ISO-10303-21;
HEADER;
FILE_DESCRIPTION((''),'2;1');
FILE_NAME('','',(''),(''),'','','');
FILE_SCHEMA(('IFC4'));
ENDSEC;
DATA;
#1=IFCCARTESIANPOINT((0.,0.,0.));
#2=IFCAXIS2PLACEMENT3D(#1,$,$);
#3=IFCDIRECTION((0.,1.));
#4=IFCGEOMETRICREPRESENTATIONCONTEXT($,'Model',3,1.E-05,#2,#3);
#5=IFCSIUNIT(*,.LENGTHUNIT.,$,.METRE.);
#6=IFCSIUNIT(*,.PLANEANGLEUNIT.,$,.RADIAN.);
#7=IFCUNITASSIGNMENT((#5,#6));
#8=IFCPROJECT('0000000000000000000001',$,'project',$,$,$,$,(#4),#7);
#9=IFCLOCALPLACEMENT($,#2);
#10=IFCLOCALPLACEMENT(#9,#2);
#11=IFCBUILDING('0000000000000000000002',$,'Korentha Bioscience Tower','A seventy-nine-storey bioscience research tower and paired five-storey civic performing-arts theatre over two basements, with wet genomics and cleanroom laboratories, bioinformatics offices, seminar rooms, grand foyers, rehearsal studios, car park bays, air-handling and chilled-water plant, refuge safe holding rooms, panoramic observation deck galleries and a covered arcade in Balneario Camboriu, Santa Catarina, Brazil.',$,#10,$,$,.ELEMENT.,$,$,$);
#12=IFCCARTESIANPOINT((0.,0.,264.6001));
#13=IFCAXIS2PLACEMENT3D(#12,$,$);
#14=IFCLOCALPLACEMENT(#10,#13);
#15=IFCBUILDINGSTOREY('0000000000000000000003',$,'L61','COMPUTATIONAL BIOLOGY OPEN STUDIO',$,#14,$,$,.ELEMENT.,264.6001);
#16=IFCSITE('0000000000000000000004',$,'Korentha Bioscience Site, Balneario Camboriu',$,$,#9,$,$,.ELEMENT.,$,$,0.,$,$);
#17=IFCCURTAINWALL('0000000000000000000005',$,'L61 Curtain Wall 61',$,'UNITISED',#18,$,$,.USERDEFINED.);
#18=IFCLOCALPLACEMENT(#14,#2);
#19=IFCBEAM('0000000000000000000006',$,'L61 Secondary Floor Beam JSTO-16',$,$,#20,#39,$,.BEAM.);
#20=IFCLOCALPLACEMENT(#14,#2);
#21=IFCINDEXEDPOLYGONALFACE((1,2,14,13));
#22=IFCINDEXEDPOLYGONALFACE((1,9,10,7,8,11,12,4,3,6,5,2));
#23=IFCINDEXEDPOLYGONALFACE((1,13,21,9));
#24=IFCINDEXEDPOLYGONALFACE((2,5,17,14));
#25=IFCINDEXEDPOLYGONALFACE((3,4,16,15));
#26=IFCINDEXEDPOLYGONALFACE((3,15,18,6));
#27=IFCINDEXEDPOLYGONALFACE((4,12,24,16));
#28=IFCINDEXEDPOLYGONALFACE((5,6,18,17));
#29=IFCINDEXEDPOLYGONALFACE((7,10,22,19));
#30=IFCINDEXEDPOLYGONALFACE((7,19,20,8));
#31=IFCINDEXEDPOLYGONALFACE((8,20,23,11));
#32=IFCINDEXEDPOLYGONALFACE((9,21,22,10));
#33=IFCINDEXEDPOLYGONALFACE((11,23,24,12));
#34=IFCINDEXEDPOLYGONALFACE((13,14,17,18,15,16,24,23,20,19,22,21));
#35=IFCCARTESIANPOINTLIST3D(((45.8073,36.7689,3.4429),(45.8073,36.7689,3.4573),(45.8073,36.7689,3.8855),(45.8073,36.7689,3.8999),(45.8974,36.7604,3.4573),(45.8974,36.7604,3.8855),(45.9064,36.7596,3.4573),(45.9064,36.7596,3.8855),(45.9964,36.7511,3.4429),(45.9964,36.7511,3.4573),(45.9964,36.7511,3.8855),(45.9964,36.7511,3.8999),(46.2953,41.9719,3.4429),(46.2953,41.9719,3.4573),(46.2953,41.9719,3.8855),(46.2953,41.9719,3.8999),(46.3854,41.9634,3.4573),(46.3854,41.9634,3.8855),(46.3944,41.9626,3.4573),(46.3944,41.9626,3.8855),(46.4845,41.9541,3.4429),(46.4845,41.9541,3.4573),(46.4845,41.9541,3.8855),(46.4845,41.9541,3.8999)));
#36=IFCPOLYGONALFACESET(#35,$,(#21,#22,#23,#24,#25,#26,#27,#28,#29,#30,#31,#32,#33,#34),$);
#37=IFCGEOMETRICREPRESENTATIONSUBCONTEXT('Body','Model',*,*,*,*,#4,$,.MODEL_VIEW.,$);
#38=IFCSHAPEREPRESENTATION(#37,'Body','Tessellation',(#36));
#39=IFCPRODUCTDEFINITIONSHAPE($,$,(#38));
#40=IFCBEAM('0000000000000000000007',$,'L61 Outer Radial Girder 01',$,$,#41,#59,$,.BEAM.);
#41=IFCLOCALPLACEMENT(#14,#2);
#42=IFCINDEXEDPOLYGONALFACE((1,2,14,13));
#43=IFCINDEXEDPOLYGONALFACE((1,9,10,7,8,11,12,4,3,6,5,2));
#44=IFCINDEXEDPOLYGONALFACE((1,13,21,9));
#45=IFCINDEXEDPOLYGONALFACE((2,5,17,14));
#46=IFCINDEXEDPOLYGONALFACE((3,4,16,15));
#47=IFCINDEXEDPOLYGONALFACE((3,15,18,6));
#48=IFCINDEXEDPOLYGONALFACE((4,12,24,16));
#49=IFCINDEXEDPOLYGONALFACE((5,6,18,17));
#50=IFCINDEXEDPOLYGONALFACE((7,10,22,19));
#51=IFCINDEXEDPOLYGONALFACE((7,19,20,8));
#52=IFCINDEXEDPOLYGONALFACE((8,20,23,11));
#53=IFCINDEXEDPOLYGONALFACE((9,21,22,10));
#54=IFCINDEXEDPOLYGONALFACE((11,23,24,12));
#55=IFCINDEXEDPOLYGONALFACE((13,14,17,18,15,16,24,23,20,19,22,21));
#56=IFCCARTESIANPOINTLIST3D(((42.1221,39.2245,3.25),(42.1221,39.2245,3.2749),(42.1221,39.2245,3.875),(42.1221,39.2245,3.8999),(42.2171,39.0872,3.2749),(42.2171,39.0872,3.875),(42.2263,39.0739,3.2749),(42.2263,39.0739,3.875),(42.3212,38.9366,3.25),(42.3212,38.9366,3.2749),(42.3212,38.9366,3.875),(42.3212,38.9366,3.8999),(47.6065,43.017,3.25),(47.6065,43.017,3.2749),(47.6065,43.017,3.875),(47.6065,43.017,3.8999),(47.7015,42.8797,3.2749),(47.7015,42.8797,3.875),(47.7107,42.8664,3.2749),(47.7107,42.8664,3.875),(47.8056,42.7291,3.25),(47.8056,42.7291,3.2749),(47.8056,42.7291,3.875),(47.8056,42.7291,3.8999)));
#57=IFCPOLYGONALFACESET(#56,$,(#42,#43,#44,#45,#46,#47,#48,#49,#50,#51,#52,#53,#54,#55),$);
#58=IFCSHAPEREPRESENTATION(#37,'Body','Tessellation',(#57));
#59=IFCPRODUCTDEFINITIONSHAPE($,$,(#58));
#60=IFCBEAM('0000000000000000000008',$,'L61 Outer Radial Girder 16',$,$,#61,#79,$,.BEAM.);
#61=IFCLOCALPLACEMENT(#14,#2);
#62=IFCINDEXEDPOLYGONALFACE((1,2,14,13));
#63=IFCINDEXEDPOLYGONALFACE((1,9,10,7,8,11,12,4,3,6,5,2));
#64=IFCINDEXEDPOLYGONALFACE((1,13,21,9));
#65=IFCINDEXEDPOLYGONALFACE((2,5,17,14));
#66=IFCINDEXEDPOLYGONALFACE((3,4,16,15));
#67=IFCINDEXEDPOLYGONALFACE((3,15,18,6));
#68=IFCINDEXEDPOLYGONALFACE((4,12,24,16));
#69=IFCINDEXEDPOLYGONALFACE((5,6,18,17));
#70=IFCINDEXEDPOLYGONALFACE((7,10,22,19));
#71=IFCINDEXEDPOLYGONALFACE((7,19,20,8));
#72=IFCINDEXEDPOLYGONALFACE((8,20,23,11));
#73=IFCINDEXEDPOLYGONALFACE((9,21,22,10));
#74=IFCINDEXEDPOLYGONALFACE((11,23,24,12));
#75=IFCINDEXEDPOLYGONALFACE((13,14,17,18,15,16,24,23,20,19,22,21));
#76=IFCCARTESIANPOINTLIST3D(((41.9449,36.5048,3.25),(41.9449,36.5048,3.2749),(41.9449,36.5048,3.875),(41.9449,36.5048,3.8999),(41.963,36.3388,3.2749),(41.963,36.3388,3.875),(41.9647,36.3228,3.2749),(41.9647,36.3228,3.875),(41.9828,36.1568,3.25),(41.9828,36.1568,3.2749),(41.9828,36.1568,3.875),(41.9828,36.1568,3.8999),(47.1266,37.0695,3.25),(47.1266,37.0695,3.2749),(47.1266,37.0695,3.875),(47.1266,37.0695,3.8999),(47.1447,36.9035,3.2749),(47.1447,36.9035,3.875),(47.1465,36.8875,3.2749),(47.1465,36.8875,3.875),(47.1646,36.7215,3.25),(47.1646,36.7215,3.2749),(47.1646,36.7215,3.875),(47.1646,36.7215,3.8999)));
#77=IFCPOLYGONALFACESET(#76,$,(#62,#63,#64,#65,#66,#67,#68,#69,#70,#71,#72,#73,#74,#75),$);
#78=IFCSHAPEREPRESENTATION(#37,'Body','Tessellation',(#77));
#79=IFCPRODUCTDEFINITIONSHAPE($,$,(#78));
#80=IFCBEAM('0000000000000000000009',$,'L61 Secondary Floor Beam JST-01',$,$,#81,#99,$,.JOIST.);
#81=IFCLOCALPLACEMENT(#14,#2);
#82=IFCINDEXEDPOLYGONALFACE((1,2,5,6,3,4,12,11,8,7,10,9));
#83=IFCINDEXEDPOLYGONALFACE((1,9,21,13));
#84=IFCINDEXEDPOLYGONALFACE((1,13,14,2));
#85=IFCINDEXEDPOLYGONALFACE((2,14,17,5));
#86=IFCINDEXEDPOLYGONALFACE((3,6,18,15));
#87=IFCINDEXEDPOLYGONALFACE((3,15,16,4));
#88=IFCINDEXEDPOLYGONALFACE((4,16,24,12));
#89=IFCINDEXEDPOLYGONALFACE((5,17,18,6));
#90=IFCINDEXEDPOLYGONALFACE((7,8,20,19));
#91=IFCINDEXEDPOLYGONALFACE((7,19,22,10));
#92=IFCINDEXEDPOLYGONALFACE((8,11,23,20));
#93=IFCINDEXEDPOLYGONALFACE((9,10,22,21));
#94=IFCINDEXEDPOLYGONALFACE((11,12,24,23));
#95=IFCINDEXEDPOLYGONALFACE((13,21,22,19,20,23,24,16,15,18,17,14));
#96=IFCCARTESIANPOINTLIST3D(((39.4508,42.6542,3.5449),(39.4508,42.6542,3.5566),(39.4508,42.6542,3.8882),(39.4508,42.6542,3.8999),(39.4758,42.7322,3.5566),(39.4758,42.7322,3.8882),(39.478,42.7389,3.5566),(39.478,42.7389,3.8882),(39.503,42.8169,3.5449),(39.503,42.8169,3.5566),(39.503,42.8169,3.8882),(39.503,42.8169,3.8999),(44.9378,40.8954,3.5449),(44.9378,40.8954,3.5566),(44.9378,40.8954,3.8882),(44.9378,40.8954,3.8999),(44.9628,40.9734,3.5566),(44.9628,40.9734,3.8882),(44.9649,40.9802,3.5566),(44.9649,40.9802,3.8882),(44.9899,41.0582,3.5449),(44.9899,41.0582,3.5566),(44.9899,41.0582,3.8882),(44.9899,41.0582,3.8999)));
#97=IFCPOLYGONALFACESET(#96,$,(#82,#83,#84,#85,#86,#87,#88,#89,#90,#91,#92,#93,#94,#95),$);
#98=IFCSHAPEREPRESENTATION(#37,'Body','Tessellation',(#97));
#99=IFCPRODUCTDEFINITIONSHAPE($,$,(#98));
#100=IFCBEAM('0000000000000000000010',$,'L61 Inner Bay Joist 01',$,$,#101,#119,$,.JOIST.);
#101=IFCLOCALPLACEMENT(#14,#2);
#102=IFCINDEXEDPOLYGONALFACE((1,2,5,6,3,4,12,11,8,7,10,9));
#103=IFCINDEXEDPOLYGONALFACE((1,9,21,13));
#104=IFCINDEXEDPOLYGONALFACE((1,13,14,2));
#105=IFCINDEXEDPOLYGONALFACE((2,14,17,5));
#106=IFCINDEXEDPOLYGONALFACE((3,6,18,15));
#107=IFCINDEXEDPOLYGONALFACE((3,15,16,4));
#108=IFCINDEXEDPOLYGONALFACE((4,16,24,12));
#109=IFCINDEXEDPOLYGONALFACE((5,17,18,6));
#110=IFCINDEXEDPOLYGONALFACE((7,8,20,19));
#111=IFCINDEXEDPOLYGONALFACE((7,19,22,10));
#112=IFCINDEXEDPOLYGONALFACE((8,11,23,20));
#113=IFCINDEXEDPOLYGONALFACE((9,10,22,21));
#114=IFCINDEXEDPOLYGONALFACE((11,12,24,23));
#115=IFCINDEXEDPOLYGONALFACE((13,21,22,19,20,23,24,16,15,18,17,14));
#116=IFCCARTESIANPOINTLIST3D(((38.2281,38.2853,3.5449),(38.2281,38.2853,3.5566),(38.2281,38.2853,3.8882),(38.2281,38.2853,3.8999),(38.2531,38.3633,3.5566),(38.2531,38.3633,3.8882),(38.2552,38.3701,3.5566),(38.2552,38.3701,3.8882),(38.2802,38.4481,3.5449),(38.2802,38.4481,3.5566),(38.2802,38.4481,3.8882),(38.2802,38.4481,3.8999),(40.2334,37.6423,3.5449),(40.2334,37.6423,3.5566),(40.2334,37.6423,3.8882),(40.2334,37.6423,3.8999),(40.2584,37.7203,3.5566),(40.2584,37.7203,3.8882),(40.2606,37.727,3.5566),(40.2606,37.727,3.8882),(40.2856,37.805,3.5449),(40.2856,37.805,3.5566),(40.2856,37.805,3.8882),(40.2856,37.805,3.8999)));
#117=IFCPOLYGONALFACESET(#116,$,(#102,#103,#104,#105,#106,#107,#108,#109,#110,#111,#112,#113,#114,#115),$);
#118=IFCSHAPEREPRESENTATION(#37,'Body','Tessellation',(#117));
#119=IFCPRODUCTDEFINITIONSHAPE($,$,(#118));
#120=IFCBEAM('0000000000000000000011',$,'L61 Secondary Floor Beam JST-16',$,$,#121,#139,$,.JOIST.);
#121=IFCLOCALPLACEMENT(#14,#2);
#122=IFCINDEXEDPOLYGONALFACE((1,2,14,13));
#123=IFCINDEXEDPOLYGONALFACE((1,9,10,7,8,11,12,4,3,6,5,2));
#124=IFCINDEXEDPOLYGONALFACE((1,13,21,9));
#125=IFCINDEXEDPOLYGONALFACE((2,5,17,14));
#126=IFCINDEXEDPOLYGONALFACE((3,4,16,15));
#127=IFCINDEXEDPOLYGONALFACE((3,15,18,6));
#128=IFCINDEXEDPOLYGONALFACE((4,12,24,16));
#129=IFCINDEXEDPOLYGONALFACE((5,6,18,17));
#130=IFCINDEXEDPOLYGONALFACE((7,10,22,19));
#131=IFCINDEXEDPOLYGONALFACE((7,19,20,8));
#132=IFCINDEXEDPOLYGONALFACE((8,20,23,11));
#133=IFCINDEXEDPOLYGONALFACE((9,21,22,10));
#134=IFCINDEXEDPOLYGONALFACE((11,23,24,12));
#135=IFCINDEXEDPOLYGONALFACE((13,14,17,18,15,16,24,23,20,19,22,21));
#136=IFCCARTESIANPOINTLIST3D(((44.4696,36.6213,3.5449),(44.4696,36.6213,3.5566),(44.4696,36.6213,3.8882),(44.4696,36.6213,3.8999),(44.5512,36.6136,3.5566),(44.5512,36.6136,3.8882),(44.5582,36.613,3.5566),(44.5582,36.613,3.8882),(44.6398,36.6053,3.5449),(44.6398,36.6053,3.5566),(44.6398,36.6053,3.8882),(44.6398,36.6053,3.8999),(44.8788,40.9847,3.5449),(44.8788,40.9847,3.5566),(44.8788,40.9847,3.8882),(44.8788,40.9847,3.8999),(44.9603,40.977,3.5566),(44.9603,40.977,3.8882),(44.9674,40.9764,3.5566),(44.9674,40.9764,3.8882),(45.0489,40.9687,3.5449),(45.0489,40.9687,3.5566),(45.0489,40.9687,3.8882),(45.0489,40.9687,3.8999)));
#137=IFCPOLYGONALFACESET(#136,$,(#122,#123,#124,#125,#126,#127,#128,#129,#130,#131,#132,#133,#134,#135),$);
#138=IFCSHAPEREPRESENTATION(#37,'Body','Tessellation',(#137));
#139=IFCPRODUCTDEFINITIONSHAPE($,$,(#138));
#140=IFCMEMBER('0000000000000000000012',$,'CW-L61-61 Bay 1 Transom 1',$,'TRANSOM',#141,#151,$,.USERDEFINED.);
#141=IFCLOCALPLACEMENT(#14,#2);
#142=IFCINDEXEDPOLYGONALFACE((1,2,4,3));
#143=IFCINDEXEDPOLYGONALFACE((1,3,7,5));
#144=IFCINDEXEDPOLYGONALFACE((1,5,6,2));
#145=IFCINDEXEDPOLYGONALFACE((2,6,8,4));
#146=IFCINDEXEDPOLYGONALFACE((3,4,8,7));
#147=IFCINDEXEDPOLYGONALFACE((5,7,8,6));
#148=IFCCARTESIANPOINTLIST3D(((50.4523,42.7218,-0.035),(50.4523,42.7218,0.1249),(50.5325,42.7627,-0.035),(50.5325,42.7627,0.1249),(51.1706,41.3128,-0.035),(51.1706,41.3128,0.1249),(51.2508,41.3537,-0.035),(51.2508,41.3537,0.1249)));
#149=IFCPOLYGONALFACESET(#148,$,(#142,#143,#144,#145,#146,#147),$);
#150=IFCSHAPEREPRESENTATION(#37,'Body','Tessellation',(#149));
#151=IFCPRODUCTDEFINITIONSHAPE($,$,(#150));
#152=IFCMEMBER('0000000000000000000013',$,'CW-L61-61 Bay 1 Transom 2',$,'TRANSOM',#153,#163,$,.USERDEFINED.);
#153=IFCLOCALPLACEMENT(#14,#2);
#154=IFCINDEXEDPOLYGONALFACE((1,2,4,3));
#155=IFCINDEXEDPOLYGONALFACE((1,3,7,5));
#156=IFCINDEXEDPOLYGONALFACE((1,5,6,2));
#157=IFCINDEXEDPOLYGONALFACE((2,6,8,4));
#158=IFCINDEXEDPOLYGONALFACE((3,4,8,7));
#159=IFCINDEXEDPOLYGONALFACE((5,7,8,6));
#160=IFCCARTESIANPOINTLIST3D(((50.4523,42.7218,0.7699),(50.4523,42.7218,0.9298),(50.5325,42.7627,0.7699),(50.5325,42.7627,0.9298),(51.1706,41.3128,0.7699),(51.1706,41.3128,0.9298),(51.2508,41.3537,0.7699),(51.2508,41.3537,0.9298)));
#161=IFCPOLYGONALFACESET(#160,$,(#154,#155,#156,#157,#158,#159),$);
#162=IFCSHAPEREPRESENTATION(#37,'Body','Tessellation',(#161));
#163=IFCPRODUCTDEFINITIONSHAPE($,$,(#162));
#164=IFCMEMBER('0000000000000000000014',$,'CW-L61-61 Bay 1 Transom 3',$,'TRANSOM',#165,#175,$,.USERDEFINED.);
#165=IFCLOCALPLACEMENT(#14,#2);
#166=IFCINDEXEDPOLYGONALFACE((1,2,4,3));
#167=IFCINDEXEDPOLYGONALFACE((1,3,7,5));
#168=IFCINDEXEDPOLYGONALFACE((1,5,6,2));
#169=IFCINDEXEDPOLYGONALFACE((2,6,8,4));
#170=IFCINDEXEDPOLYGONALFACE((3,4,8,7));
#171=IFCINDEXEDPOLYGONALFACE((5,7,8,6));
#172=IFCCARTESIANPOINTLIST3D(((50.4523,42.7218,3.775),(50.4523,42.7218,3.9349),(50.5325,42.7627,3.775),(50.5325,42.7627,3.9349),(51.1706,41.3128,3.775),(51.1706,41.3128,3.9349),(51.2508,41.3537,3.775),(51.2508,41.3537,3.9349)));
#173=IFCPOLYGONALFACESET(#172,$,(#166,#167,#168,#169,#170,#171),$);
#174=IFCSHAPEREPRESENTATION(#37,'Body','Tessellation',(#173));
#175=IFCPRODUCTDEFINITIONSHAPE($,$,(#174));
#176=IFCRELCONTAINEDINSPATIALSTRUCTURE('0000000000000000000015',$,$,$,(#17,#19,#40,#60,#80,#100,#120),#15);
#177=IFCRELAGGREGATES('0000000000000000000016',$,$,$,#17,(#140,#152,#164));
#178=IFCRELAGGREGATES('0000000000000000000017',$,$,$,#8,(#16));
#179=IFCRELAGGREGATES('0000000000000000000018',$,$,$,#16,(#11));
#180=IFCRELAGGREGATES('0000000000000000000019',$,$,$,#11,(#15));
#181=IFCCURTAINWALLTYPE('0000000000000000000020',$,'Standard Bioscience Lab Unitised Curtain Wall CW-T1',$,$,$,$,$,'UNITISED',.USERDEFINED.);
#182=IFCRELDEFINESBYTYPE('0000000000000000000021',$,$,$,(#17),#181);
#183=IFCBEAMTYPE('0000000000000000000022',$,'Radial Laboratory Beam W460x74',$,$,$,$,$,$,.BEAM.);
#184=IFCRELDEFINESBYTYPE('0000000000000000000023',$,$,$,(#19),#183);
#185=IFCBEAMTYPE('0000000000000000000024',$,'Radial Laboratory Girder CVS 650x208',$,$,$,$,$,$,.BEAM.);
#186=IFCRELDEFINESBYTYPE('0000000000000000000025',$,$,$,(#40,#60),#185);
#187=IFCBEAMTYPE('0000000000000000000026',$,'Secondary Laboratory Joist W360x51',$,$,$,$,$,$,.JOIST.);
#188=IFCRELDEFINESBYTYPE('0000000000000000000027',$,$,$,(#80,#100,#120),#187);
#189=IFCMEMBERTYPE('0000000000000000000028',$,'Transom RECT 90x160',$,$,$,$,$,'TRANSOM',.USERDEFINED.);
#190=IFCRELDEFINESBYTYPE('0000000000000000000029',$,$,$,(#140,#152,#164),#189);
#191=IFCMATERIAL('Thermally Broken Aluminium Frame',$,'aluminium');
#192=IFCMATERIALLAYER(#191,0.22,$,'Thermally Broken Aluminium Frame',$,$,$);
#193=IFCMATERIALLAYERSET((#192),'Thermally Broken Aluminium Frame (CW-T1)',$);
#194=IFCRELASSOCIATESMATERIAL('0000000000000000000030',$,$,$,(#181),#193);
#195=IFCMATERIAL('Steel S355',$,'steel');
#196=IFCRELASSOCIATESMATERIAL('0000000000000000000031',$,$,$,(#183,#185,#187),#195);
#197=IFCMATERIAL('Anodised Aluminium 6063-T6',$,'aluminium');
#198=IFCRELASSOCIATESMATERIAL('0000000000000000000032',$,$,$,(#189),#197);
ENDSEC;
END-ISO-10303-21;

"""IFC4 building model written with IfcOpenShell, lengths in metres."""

from ifc_helpers import new_model, si_unit, direction, frame, origin, origin_2d, place, context, subcontext, project, spatial, rectangle, i_section, extrude, material, layer, layer_set, material_profile, profile_set, type_object, element, aggregate, save


model = new_model("IFC4")

# Units and contexts
model_context = context("Model", 3, precision=1e-05, world=origin(), true_north=direction((0.0, 1.0)))
body_context = subcontext(model_context, "Body", "Model", "MODEL_VIEW")
ifc_project = project(units=[si_unit("LENGTHUNIT", "METRE"), si_unit("PLANEANGLEUNIT", "RADIAN")], contexts=[model_context])

# Site, building, storey
site_placement = place(None, origin())
site = spatial("IfcSite", under=ifc_project, at=site_placement, Name="Korentha Bioscience Site, Balneario Camboriu", CompositionType="ELEMENT", RefElevation=0.0)
building_placement = place(site_placement, origin())
building = spatial("IfcBuilding", under=site, at=building_placement, Name="Korentha Bioscience Tower", Description="A seventy-nine-storey bioscience research tower and paired five-storey civic performing-arts theatre over two basements, with wet genomics and cleanroom laboratories, bioinformatics offices, seminar rooms, grand foyers, rehearsal studios, car park bays, air-handling and chilled-water plant, refuge safe holding rooms, panoramic observation deck galleries and a covered arcade in Balneario Camboriu, Santa Catarina, Brazil.", CompositionType="ELEMENT")
storey_placement = place(building_placement, frame((0.0, 0.0, 264.6001)))
storey = spatial("IfcBuildingStorey", under=building, at=storey_placement, Name="L61", Description="COMPUTATIONAL BIOLOGY OPEN STUDIO", CompositionType="ELEMENT", Elevation=264.6001)

# Shared definitions
ifc_material_1 = material(Name="Steel S355", Category="steel")

# Curtain wall
ifc_material_2 = material(Name="Thermally Broken Aluminium Frame", Category="aluminium")
ifc_layer_1 = layer(ifc_material_2, 0.22, Name="Thermally Broken Aluminium Frame")
ifc_layer_set_1 = layer_set([ifc_layer_1], Name="Thermally Broken Aluminium Frame (CW-T1)")
curtain_wall_type = type_object("IfcCurtainWallType", Name="Standard Bioscience Lab Unitised Curtain Wall CW-T1", ElementType="UNITISED", PredefinedType="USERDEFINED", material=ifc_layer_set_1)
curtain_wall_placement = place(storey_placement, origin())
curtain_wall = element("IfcCurtainWall", 1, at=curtain_wall_placement, inside=storey, type_object=curtain_wall_type, Name="L61 Curtain Wall 61", ObjectType="UNITISED", PredefinedType="USERDEFINED")
ifc_material_3 = material(Name="Anodised Aluminium 6063-T6", Category="aluminium")

# Beams
ifc_material_profile_1 = material_profile(ifc_material_1, i_section(OverallWidth=0.1899, OverallDepth=0.457, WebThickness=0.009, FlangeThickness=0.0144, at=origin_2d()), Name="Steel S355")
ifc_profile_set_1 = profile_set([ifc_material_profile_1], Name="Steel S355 (RB-460)")
beam_type_1 = type_object("IfcBeamType", Name="Radial Laboratory Beam W460x74", PredefinedType="BEAM", material=ifc_profile_set_1)
beam_1_placement = place(storey_placement, frame((45.9019, 36.76, 3.6714), z_axis=(0.093391, 0.995629, 0.0), x_axis=(-0.995629, 0.093391, 0.0)))
element("IfcBeam", 2, at=beam_1_placement, inside=storey, type_object=beam_type_1, Name="L61 Secondary Floor Beam JSTO-16", PredefinedType="BEAM", context=body_context, shape_type="SweptSolid", body=[
    extrude(i_section(OverallWidth=0.1899, OverallDepth=0.457, WebThickness=0.009, FlangeThickness=0.0144, at=origin_2d()), origin(), (0.0, 0.0, 1.0), 5.2258),
])
ifc_material_profile_2 = material_profile(ifc_material_1, i_section(OverallWidth=0.3501, OverallDepth=0.6499, WebThickness=0.0161, FlangeThickness=0.0249, at=origin_2d()), Name="Steel S355")
ifc_profile_set_2 = profile_set([ifc_material_profile_2], Name="Steel S355 (RB-650)")
beam_type_2 = type_object("IfcBeamType", Name="Radial Laboratory Girder CVS 650x208", PredefinedType="BEAM", material=ifc_profile_set_2)
beam_2_placement = place(storey_placement, frame((42.2217, 39.0806, 3.575), z_axis=(0.822501, 0.568764, 0.0), x_axis=(-0.568764, 0.822501, 0.0)))
element("IfcBeam", 3, at=beam_2_placement, inside=storey, type_object=beam_type_2, Name="L61 Outer Radial Girder 01", PredefinedType="BEAM", context=body_context, shape_type="SweptSolid", body=[
    extrude(i_section(OverallWidth=0.3501, OverallDepth=0.6499, WebThickness=0.0161, FlangeThickness=0.0249, at=origin_2d()), origin(), (0.0, 0.0, 1.0), 6.668),
])
beam_3_placement = place(storey_placement, frame((41.9639, 36.3308, 3.575), z_axis=(0.994114, 0.108339, 0.0), x_axis=(-0.108339, 0.994114, 0.0)))
element("IfcBeam", 4, at=beam_3_placement, inside=storey, type_object=beam_type_2, Name="L61 Outer Radial Girder 16", PredefinedType="BEAM", context=body_context, shape_type="SweptSolid", body=[
    extrude(i_section(OverallWidth=0.3501, OverallDepth=0.6499, WebThickness=0.0161, FlangeThickness=0.0249, at=origin_2d()), origin(), (0.0, 0.0, 1.0), 5.2124),
])
ifc_material_profile_3 = material_profile(ifc_material_1, i_section(OverallWidth=0.1709, OverallDepth=0.355, WebThickness=0.0071, FlangeThickness=0.0117, at=origin_2d()), Name="Steel S355")
ifc_profile_set_3 = profile_set([ifc_material_profile_3], Name="Steel S355 (JB-360)")
beam_type_3 = type_object("IfcBeamType", Name="Secondary Laboratory Joist W360x51", PredefinedType="JOIST", material=ifc_profile_set_3)
beam_4_placement = place(storey_placement, frame((44.9639, 40.9768, 3.7224), z_axis=(-0.952276, 0.305237, 0.0), x_axis=(-0.305237, -0.952276, 0.0)))
element("IfcBeam", 5, at=beam_4_placement, inside=storey, type_object=beam_type_3, Name="L61 Secondary Floor Beam JST-01", PredefinedType="JOIST", context=body_context, shape_type="SweptSolid", body=[
    extrude(i_section(OverallWidth=0.1709, OverallDepth=0.355, WebThickness=0.0071, FlangeThickness=0.0117, at=origin_2d()), origin(), (0.0, 0.0, 1.0), 5.762),
])
beam_5_placement = place(storey_placement, frame((40.2595, 37.7236, 3.7224), z_axis=(-0.952238, 0.305356, 0.0), x_axis=(-0.305356, -0.952238, 0.0)))
element("IfcBeam", 6, at=beam_5_placement, inside=storey, type_object=beam_type_3, Name="L61 Inner Bay Joist 01", PredefinedType="JOIST", context=body_context, shape_type="SweptSolid", body=[
    extrude(i_section(OverallWidth=0.1709, OverallDepth=0.355, WebThickness=0.0071, FlangeThickness=0.0117, at=origin_2d()), origin(), (0.0, 0.0, 1.0), 2.106),
])
beam_6_placement = place(storey_placement, frame((44.5547, 36.6133, 3.7224), z_axis=(0.093363, 0.995632, 0.0), x_axis=(-0.995632, 0.093363, 0.0)))
element("IfcBeam", 7, at=beam_6_placement, inside=storey, type_object=beam_type_3, Name="L61 Secondary Floor Beam JST-16", PredefinedType="JOIST", context=body_context, shape_type="SweptSolid", body=[
    extrude(i_section(OverallWidth=0.1709, OverallDepth=0.355, WebThickness=0.0071, FlangeThickness=0.0117, at=origin_2d()), origin(), (0.0, 0.0, 1.0), 4.3826),
])

# Members
ifc_material_profile_4 = material_profile(ifc_material_3, rectangle(XDim=0.0901, YDim=0.1599, at=origin_2d()), Name="Anodised Aluminium 6063-T6")
ifc_profile_set_4 = profile_set([ifc_material_profile_4], Name="Anodised Aluminium 6063-T6 (CW-TRN)")
member_type_1 = type_object("IfcMemberType", Name="Transom RECT 90x160", ElementType="TRANSOM", PredefinedType="USERDEFINED", material=ifc_profile_set_4)
member_1_placement = place(storey_placement, frame((51.2107, 41.3333, 0.0449), z_axis=(-0.454178, 0.890911, 0.0), x_axis=(-0.890911, -0.454178, 0.0)))
member_1 = element("IfcMember", 8, at=member_1_placement, type_object=member_type_1, Name="CW-L61-61 Bay 1 Transom 1", ObjectType="TRANSOM", PredefinedType="USERDEFINED", context=body_context, shape_type="SweptSolid", body=[
    extrude(rectangle(XDim=0.0901, YDim=0.1599, at=origin_2d()), origin(), (0.0, 0.0, 1.0), 1.5815),
])
member_2_placement = place(storey_placement, frame((51.2107, 41.3333, 0.8499), z_axis=(-0.454178, 0.890911, 0.0), x_axis=(-0.890911, -0.454178, 0.0)))
member_2 = element("IfcMember", 9, at=member_2_placement, type_object=member_type_1, Name="CW-L61-61 Bay 1 Transom 2", ObjectType="TRANSOM", PredefinedType="USERDEFINED", context=body_context, shape_type="SweptSolid", body=[
    extrude(rectangle(XDim=0.0901, YDim=0.1599, at=origin_2d()), origin(), (0.0, 0.0, 1.0), 1.5815),
])
member_3_placement = place(storey_placement, frame((51.2107, 41.3333, 3.855), z_axis=(-0.454178, 0.890911, 0.0), x_axis=(-0.890911, -0.454178, 0.0)))
member_3 = element("IfcMember", 10, at=member_3_placement, type_object=member_type_1, Name="CW-L61-61 Bay 1 Transom 3", ObjectType="TRANSOM", PredefinedType="USERDEFINED", context=body_context, shape_type="SweptSolid", body=[
    extrude(rectangle(XDim=0.0901, YDim=0.1599, at=origin_2d()), origin(), (0.0, 0.0, 1.0), 1.5815),
])

aggregate(curtain_wall, [member_1, member_2, member_3])

save(model, "model.ifc")
